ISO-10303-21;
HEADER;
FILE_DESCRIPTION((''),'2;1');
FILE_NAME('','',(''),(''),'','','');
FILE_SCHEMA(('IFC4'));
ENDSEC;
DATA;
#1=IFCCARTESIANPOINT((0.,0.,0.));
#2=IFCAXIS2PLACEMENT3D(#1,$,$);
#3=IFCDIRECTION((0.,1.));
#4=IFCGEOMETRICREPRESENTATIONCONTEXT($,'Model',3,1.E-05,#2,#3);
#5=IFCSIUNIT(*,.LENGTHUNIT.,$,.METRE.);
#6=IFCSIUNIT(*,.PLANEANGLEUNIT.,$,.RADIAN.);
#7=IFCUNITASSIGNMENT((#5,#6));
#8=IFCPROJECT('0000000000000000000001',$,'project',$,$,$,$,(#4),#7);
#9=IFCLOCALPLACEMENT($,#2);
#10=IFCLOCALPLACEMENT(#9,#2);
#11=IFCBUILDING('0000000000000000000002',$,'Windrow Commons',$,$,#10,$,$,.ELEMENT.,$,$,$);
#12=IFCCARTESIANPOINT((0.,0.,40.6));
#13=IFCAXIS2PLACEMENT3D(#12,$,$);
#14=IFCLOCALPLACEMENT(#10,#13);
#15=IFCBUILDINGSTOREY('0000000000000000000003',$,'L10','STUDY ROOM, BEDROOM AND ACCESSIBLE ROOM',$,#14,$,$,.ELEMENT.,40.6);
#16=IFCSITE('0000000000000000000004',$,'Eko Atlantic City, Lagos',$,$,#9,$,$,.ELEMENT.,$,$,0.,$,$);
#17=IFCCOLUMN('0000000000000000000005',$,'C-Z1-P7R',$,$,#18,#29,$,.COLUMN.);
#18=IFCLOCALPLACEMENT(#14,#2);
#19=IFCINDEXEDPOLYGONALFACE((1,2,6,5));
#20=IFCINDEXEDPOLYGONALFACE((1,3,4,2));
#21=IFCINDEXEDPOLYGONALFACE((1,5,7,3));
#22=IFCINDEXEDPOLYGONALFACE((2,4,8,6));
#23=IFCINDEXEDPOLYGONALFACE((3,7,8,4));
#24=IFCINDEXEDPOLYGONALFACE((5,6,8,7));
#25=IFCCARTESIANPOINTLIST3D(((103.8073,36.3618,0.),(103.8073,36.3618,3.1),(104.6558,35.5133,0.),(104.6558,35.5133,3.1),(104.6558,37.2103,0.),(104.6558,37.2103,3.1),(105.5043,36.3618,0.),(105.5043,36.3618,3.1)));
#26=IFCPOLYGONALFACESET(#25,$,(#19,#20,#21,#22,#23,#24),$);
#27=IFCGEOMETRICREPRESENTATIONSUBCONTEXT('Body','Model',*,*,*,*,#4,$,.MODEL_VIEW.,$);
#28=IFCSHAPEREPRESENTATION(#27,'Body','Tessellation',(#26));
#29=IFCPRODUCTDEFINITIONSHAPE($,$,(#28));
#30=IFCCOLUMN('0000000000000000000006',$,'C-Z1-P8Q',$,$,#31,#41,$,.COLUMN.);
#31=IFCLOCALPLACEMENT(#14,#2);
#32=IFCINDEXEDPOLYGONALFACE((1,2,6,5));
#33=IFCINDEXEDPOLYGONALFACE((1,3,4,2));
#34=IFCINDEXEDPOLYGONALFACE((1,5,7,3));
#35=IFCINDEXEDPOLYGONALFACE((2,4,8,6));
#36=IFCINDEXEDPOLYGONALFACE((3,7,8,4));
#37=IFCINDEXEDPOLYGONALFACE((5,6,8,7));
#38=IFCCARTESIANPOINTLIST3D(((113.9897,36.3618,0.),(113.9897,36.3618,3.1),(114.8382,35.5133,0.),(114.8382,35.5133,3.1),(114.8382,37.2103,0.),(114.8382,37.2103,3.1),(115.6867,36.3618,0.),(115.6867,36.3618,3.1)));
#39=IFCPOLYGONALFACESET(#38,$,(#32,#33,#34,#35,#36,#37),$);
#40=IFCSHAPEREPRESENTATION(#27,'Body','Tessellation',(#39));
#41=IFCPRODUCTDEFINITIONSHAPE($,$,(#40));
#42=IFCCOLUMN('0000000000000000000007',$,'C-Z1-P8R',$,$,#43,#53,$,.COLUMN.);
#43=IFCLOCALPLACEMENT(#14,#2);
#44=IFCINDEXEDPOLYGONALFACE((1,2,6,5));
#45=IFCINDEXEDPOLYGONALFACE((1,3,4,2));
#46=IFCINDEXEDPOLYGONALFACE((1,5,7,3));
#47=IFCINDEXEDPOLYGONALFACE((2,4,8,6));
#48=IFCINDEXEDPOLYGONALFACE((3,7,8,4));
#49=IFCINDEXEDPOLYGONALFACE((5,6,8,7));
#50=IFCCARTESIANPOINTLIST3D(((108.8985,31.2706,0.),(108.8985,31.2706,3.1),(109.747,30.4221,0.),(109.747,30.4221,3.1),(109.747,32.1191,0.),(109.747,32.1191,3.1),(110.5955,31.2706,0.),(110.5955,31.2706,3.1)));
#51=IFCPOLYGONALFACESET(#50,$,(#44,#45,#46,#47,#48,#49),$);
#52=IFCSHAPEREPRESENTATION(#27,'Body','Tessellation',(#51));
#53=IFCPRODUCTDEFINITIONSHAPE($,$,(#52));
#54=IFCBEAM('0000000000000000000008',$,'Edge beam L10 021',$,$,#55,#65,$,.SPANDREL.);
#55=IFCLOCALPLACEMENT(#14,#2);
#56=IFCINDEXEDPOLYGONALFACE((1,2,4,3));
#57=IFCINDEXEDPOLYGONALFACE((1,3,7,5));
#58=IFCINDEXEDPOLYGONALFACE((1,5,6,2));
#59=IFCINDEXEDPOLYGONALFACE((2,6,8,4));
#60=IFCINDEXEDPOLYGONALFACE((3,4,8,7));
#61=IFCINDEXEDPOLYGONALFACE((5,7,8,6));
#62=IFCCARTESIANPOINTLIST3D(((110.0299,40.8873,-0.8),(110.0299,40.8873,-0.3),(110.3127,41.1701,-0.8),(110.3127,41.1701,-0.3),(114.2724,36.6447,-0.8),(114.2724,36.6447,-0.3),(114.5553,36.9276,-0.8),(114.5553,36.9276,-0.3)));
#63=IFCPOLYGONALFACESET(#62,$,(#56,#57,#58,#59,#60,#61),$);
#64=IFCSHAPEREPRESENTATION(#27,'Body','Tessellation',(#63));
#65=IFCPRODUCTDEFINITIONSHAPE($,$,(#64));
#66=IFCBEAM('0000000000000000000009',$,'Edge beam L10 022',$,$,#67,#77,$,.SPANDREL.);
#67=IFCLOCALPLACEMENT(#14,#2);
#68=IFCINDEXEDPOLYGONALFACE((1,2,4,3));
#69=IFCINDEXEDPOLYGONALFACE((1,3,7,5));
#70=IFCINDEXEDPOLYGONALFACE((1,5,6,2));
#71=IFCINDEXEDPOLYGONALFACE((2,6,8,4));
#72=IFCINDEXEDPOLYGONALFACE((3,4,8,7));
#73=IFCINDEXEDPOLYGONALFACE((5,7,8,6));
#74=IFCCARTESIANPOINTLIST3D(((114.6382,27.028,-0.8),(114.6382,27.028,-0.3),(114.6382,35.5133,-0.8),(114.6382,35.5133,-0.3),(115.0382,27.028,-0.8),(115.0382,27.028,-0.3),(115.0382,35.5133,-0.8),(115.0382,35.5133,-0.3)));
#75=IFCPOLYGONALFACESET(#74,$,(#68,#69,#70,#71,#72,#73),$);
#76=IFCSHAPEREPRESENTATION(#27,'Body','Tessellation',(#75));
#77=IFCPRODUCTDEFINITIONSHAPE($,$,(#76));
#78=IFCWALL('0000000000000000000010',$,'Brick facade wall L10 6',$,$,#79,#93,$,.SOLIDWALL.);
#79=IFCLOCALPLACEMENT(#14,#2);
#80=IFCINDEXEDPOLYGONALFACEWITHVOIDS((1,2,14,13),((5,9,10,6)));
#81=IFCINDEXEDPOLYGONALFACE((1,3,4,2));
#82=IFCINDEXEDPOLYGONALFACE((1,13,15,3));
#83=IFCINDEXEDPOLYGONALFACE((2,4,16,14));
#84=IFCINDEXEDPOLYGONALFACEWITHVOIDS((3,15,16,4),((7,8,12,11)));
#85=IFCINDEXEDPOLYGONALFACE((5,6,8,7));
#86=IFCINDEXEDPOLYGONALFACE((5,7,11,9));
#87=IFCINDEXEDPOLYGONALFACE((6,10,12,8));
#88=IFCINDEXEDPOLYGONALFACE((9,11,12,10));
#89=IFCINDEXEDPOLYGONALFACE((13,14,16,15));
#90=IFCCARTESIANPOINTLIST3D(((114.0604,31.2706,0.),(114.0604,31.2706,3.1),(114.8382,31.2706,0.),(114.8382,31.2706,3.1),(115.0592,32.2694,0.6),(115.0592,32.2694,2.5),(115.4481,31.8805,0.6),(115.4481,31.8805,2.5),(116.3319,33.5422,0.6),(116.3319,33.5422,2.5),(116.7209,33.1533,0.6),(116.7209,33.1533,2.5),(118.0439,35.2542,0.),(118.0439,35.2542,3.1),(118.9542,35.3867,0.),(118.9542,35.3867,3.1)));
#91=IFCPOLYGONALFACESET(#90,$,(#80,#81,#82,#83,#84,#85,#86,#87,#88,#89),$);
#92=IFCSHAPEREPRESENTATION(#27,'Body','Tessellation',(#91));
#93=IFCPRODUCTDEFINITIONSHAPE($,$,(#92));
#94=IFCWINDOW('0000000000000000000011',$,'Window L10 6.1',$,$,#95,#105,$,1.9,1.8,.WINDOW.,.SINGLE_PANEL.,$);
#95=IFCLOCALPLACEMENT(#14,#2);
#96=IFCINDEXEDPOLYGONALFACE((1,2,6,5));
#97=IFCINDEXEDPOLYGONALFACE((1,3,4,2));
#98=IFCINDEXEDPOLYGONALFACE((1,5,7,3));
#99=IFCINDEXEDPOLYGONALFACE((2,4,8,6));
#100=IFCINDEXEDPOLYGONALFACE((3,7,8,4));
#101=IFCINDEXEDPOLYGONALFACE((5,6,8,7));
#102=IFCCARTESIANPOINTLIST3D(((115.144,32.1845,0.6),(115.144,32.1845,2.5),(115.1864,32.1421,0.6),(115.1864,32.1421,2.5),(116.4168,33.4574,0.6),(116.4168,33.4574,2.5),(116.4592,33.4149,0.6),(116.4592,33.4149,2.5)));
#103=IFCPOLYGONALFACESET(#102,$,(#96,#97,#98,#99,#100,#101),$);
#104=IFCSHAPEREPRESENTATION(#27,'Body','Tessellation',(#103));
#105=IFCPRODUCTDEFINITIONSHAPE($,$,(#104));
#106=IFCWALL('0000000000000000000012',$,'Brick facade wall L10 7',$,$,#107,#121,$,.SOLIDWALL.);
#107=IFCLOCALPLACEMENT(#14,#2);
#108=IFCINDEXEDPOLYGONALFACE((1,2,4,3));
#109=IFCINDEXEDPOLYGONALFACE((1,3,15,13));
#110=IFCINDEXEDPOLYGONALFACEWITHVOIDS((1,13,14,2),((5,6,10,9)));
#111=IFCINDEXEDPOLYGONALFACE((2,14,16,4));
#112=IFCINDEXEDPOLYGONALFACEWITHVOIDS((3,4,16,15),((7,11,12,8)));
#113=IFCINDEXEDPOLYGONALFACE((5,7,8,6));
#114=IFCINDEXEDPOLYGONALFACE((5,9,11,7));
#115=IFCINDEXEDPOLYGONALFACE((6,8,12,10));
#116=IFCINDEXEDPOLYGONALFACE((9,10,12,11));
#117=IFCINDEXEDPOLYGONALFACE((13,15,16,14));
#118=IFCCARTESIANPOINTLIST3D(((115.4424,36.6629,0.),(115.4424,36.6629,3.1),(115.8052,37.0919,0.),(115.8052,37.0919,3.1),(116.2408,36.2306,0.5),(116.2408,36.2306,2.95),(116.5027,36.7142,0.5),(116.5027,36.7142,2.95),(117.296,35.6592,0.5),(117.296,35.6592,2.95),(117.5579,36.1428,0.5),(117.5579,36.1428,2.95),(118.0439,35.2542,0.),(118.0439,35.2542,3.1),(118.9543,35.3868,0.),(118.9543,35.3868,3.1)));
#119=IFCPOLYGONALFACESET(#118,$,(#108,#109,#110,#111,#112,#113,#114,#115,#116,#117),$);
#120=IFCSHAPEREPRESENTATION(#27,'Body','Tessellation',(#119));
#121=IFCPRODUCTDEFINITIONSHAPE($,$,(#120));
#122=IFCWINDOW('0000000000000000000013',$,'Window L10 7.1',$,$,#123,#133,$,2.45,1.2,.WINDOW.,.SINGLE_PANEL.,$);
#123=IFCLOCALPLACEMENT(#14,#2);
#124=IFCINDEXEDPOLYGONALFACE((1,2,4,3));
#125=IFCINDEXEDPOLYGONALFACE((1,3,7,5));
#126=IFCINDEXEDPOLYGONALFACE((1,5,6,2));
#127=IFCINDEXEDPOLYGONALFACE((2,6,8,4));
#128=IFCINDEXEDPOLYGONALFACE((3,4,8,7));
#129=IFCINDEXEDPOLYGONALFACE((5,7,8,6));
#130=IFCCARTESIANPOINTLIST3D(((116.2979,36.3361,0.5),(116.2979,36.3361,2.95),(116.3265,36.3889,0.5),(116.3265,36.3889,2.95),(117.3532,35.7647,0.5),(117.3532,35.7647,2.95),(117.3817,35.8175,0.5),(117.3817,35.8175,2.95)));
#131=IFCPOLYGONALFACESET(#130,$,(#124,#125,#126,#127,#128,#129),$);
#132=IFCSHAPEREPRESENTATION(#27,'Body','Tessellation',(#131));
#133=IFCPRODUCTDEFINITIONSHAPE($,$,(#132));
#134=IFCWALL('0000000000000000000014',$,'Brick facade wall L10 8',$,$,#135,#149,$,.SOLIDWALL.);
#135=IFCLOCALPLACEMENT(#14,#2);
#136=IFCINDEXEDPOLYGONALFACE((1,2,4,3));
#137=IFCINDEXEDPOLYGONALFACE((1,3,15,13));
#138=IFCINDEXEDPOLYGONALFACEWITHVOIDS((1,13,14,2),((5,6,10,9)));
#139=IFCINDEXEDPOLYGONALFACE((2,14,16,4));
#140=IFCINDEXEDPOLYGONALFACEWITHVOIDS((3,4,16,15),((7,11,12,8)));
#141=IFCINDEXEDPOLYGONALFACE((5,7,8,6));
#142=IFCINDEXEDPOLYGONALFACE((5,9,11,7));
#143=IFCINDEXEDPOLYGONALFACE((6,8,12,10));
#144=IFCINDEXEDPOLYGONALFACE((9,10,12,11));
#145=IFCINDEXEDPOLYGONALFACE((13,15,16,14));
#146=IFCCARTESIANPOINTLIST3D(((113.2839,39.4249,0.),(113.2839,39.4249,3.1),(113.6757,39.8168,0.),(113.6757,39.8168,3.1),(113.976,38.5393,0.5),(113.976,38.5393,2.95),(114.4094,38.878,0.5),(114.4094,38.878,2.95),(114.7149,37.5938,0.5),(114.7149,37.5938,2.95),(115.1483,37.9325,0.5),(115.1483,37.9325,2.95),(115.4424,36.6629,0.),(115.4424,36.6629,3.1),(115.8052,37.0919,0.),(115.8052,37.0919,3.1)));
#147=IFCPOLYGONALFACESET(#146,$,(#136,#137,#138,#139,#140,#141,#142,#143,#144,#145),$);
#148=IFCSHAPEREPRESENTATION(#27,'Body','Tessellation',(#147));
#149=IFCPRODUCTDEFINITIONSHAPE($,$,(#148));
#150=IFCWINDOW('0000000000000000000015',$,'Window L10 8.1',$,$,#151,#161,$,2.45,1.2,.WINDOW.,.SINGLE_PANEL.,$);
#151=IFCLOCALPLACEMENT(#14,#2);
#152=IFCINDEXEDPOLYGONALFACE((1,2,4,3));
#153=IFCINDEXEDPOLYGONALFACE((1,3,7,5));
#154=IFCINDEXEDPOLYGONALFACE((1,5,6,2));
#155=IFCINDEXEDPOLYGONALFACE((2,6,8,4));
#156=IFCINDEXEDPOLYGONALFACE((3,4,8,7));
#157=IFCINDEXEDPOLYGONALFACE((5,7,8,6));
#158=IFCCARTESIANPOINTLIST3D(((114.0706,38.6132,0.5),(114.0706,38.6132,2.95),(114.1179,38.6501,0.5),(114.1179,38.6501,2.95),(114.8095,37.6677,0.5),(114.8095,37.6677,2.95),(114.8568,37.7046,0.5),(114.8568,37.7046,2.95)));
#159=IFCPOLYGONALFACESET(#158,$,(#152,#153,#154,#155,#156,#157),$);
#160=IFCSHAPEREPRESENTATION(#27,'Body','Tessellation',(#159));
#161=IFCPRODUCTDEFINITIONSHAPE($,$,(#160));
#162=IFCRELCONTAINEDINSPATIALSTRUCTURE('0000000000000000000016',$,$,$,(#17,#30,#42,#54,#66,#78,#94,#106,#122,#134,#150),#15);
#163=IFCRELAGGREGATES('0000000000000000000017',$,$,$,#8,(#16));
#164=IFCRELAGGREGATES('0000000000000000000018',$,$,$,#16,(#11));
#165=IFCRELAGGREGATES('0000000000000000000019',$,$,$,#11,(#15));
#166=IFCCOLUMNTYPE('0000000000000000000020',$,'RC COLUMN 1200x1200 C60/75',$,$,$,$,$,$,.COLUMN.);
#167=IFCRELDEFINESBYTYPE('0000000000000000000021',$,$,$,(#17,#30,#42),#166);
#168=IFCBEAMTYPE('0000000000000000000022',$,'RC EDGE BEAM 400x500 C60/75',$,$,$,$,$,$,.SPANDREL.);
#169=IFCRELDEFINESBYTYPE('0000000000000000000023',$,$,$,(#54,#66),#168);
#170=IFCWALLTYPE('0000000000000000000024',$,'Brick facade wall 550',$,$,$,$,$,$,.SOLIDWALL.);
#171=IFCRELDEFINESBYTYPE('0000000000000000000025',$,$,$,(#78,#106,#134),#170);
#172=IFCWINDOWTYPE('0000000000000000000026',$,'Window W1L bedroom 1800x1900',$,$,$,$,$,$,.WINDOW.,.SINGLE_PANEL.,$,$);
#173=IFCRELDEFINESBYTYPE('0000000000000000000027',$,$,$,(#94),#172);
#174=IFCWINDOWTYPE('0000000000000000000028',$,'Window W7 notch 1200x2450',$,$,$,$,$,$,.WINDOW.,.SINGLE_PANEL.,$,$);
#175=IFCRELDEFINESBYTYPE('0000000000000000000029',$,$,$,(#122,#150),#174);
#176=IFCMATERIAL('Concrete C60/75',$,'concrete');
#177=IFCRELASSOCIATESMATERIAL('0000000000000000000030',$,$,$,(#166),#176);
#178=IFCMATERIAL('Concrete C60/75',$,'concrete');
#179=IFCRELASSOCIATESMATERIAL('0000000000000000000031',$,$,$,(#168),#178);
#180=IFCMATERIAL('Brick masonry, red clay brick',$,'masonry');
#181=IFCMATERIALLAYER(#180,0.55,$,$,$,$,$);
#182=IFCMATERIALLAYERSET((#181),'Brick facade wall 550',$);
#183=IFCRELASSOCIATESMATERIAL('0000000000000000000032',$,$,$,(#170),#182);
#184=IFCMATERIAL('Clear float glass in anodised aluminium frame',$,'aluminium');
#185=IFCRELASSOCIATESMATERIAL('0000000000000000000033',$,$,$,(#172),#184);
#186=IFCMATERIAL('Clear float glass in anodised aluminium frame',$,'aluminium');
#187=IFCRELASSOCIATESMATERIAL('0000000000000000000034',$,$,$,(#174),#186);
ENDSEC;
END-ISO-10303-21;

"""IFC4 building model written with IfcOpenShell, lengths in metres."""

from ifc_helpers import new_model, si_unit, direction, frame, frame_2d, origin, origin_2d, place, context, subcontext, project, spatial, polyline, rectangle, outline, extrude, material, layer, layer_set, material_profile, profile_set, type_object, element, fill, save


model = new_model("IFC4")

# Units and contexts
model_context = context("Model", 3, precision=1e-05, world=origin(), true_north=direction((0.0, 1.0)))
body_context = subcontext(model_context, "Body", "Model", "MODEL_VIEW")
ifc_project = project(units=[si_unit("LENGTHUNIT", "METRE"), si_unit("PLANEANGLEUNIT", "RADIAN")], contexts=[model_context])

# Site, building, storey
site_placement = place(None, origin())
site = spatial("IfcSite", under=ifc_project, at=site_placement, Name="Eko Atlantic City, Lagos", CompositionType="ELEMENT", RefElevation=0.0)
building_placement = place(site_placement, origin())
building = spatial("IfcBuilding", under=site, at=building_placement, Name="Windrow Commons", CompositionType="ELEMENT")
storey_placement = place(building_placement, frame((0.0, 0.0, 40.6)))
storey = spatial("IfcBuildingStorey", under=building, at=storey_placement, Name="L10", Description="STUDY ROOM, BEDROOM AND ACCESSIBLE ROOM", CompositionType="ELEMENT", Elevation=40.6)

# Columns
ifc_material_1 = material(Name="Concrete C60/75", Category="concrete")
ifc_material_profile_1 = material_profile(ifc_material_1, rectangle(XDim=1.2, YDim=1.2, at=origin_2d()))
ifc_profile_set_1 = profile_set([ifc_material_profile_1], Name="Concrete C60/75")
column_type = type_object("IfcColumnType", Name="RC COLUMN 1200x1200 C60/75", PredefinedType="COLUMN", material=ifc_profile_set_1)
for number, where, z_axis, x_axis, name in (
    (1, (104.6558, 36.3618, 0.0), (0.0, 0.0, 1.0), (0.707107, -0.707107, 0.0), "C-Z1-P7R"),
    (2, (114.8382, 36.3618, 0.0), (0.0, 0.0, 1.0), (0.707107, -0.707107, 0.0), "C-Z1-P8Q"),
    (3, (109.747, 31.2706, 0.0), (0.0, 0.0, 1.0), (0.707107, -0.707107, 0.0), "C-Z1-P8R"),
):
    element("IfcColumn", number, at=place(storey_placement, frame(where, z_axis=z_axis, x_axis=x_axis)), inside=storey, type_object=column_type, Name=name, PredefinedType="COLUMN", context=body_context, shape_type="SweptSolid", body=[
        extrude(rectangle(XDim=1.2, YDim=1.2, at=origin_2d()), origin(), (0.0, 0.0, 1.0), 3.1),
    ])

# Beams
ifc_material_2 = material(Name="Concrete C60/75", Category="concrete")
ifc_material_profile_2 = material_profile(ifc_material_2, rectangle(XDim=0.4, YDim=0.5, at=origin_2d()))
ifc_profile_set_2 = profile_set([ifc_material_profile_2], Name="Concrete C60/75")
beam_type = type_object("IfcBeamType", Name="RC EDGE BEAM 400x500 C60/75", PredefinedType="SPANDREL", material=ifc_profile_set_2)
beam_1_placement = place(storey_placement, frame((110.1713, 41.0287, -0.55), z_axis=(0.707107, -0.707107, 0.0), x_axis=(0.707107, 0.707107, 0.0)))
element("IfcBeam", 4, at=beam_1_placement, inside=storey, type_object=beam_type, Name="Edge beam L10 021", PredefinedType="SPANDREL", context=body_context, shape_type="SweptSolid", body=[
    extrude(rectangle(XDim=0.4, YDim=0.5, at=origin_2d()), origin(), (0.0, 0.0, 1.0), 5.9999),
])
beam_2_placement = place(storey_placement, frame((114.8382, 35.5133, -0.55), z_axis=(0.0, -1.0, 0.0), x_axis=(1.0, 0.0, 0.0)))
element("IfcBeam", 5, at=beam_2_placement, inside=storey, type_object=beam_type, Name="Edge beam L10 022", PredefinedType="SPANDREL", context=body_context, shape_type="SweptSolid", body=[
    extrude(rectangle(XDim=0.4, YDim=0.5, at=origin_2d()), origin(), (0.0, 0.0, 1.0), 8.4853),
])

# Walls, openings, windows
ifc_material_3 = material(Name="Brick masonry, red clay brick", Category="masonry")
ifc_layer_1 = layer(ifc_material_3, 0.55)
ifc_layer_set_1 = layer_set([ifc_layer_1], Name="Brick facade wall 550")
wall_type_1 = type_object("IfcWallType", Name="Brick facade wall 550", PredefinedType="SOLIDWALL", material=ifc_layer_set_1)
wall_1_placement = place(storey_placement, frame((114.4493, 31.2706, 0.0), z_axis=(0.0, 0.0, 1.0), x_axis=(0.707098, 0.707116, 0.0)))
wall_1 = element("IfcWall", 6, at=wall_1_placement, inside=storey, type_object=wall_type_1, Name="Brick facade wall L10 6", PredefinedType="SOLIDWALL", context=body_context, shape_type="SweptSolid", body=[
    extrude(outline(polyline([(0.275, -0.275), (6.096, -0.275), (5.3586, 0.275), (-0.275, 0.275), (0.275, -0.275)])), origin(), (0.0, 0.0, 1.0), 3.1),
])
opening_1_placement = place(wall_1_placement, frame((1.1375, 0.0, 0.6)))
opening_1 = element("IfcOpeningElement", 7, at=opening_1_placement, cuts=wall_1, PredefinedType="OPENING", context=body_context, shape_type="SweptSolid", body=[
    extrude(rectangle(XDim=1.8, YDim=1.9, at=frame_2d((0.9, 0.95))), frame((0.0, 0.285, 0.0), z_axis=(0.0, -1.0, 0.0), x_axis=(1.0, 0.0, 0.0)), (0.0, 0.0, 1.0), 0.57),
])
ifc_material_4 = material(Name="Clear float glass in anodised aluminium frame", Category="aluminium")
window_type_1 = type_object("IfcWindowType", Name="Window W1L bedroom 1800x1900", PartitioningType="SINGLE_PANEL", PredefinedType="WINDOW", material=ifc_material_4)
window_1_placement = place(opening_1_placement, origin())
window_1 = element("IfcWindow", 8, at=window_1_placement, inside=storey, type_object=window_type_1, Name="Window L10 6.1", OverallHeight=1.9, OverallWidth=1.8, PartitioningType="SINGLE_PANEL", PredefinedType="WINDOW", context=body_context, shape_type="SweptSolid", body=[
    extrude(rectangle(XDim=1.8, YDim=1.9, at=frame_2d((0.9, 0.95))), frame((0.0, 0.155, 0.0), z_axis=(0.0, -1.0, 0.0), x_axis=(1.0, 0.0, 0.0)), (0.0, 0.0, 1.0), 0.06),
])
fill(opening_1, window_1)
wall_2_placement = place(storey_placement, frame((118.4991, 35.3205, 0.0), z_axis=(0.0, 0.0, 1.0), x_axis=(-0.879363, 0.476152, 0.0)))
wall_2 = element("IfcWall", 9, at=wall_2_placement, inside=storey, type_object=wall_type_1, Name="Brick facade wall L10 7", PredefinedType="SOLIDWALL", context=body_context, shape_type="SweptSolid", body=[
    extrude(outline(polyline([(-0.3687, -0.275), (3.2124, -0.275), (3.3271, 0.275), (0.3687, 0.275), (-0.3687, -0.275)])), origin(), (0.0, 0.0, 1.0), 3.1),
])
opening_2_placement = place(wall_2_placement, frame((1.2192, 0.0, 0.5)))
opening_2 = element("IfcOpeningElement", 10, at=opening_2_placement, cuts=wall_2, PredefinedType="OPENING", context=body_context, shape_type="SweptSolid", body=[
    extrude(rectangle(XDim=1.2, YDim=2.45, at=frame_2d((0.6, 1.225))), frame((0.0, 0.285, 0.0), z_axis=(0.0, -1.0, 0.0), x_axis=(1.0, 0.0, 0.0)), (0.0, 0.0, 1.0), 0.57),
])
ifc_material_5 = material(Name="Clear float glass in anodised aluminium frame", Category="aluminium")
window_type_2 = type_object("IfcWindowType", Name="Window W7 notch 1200x2450", PartitioningType="SINGLE_PANEL", PredefinedType="WINDOW", material=ifc_material_5)
window_2_placement = place(opening_2_placement, origin())
window_2 = element("IfcWindow", 11, at=window_2_placement, inside=storey, type_object=window_type_2, Name="Window L10 7.1", OverallHeight=2.45, OverallWidth=1.2, PartitioningType="SINGLE_PANEL", PredefinedType="WINDOW", context=body_context, shape_type="SweptSolid", body=[
    extrude(rectangle(XDim=1.2, YDim=2.45, at=frame_2d((0.6, 1.225))), frame((0.0, 0.155, 0.0), z_axis=(0.0, -1.0, 0.0), x_axis=(1.0, 0.0, 0.0)), (0.0, 0.0, 1.0), 0.06),
])
fill(opening_2, window_2)
wall_3_placement = place(storey_placement, frame((115.6238, 36.8774, 0.0), z_axis=(0.0, 0.0, 1.0), x_axis=(-0.615758, 0.787935, 0.0)))
wall_3 = element("IfcWall", 12, at=wall_3_placement, inside=storey, type_object=wall_type_1, Name="Brick facade wall L10 8", PredefinedType="SOLIDWALL", context=body_context, shape_type="SweptSolid", body=[
    extrude(outline(polyline([(0.0573, -0.275), (3.5156, -0.275), (3.4481, 0.275), (-0.0573, 0.275), (0.0573, -0.275)])), origin(), (0.0, 0.0, 1.0), 3.1),
])
opening_3_placement = place(wall_3_placement, frame((1.1241, 0.0, 0.5)))
opening_3 = element("IfcOpeningElement", 13, at=opening_3_placement, cuts=wall_3, PredefinedType="OPENING", context=body_context, shape_type="SweptSolid", body=[
    extrude(rectangle(XDim=1.2, YDim=2.45, at=frame_2d((0.6, 1.225))), frame((0.0, 0.285, 0.0), z_axis=(0.0, -1.0, 0.0), x_axis=(1.0, 0.0, 0.0)), (0.0, 0.0, 1.0), 0.57),
])
window_3_placement = place(opening_3_placement, origin())
window_3 = element("IfcWindow", 14, at=window_3_placement, inside=storey, type_object=window_type_2, Name="Window L10 8.1", OverallHeight=2.45, OverallWidth=1.2, PartitioningType="SINGLE_PANEL", PredefinedType="WINDOW", context=body_context, shape_type="SweptSolid", body=[
    extrude(rectangle(XDim=1.2, YDim=2.45, at=frame_2d((0.6, 1.225))), frame((0.0, 0.155, 0.0), z_axis=(0.0, -1.0, 0.0), x_axis=(1.0, 0.0, 0.0)), (0.0, 0.0, 1.0), 0.06),
])
fill(opening_3, window_3)

save(model, "model.ifc")
